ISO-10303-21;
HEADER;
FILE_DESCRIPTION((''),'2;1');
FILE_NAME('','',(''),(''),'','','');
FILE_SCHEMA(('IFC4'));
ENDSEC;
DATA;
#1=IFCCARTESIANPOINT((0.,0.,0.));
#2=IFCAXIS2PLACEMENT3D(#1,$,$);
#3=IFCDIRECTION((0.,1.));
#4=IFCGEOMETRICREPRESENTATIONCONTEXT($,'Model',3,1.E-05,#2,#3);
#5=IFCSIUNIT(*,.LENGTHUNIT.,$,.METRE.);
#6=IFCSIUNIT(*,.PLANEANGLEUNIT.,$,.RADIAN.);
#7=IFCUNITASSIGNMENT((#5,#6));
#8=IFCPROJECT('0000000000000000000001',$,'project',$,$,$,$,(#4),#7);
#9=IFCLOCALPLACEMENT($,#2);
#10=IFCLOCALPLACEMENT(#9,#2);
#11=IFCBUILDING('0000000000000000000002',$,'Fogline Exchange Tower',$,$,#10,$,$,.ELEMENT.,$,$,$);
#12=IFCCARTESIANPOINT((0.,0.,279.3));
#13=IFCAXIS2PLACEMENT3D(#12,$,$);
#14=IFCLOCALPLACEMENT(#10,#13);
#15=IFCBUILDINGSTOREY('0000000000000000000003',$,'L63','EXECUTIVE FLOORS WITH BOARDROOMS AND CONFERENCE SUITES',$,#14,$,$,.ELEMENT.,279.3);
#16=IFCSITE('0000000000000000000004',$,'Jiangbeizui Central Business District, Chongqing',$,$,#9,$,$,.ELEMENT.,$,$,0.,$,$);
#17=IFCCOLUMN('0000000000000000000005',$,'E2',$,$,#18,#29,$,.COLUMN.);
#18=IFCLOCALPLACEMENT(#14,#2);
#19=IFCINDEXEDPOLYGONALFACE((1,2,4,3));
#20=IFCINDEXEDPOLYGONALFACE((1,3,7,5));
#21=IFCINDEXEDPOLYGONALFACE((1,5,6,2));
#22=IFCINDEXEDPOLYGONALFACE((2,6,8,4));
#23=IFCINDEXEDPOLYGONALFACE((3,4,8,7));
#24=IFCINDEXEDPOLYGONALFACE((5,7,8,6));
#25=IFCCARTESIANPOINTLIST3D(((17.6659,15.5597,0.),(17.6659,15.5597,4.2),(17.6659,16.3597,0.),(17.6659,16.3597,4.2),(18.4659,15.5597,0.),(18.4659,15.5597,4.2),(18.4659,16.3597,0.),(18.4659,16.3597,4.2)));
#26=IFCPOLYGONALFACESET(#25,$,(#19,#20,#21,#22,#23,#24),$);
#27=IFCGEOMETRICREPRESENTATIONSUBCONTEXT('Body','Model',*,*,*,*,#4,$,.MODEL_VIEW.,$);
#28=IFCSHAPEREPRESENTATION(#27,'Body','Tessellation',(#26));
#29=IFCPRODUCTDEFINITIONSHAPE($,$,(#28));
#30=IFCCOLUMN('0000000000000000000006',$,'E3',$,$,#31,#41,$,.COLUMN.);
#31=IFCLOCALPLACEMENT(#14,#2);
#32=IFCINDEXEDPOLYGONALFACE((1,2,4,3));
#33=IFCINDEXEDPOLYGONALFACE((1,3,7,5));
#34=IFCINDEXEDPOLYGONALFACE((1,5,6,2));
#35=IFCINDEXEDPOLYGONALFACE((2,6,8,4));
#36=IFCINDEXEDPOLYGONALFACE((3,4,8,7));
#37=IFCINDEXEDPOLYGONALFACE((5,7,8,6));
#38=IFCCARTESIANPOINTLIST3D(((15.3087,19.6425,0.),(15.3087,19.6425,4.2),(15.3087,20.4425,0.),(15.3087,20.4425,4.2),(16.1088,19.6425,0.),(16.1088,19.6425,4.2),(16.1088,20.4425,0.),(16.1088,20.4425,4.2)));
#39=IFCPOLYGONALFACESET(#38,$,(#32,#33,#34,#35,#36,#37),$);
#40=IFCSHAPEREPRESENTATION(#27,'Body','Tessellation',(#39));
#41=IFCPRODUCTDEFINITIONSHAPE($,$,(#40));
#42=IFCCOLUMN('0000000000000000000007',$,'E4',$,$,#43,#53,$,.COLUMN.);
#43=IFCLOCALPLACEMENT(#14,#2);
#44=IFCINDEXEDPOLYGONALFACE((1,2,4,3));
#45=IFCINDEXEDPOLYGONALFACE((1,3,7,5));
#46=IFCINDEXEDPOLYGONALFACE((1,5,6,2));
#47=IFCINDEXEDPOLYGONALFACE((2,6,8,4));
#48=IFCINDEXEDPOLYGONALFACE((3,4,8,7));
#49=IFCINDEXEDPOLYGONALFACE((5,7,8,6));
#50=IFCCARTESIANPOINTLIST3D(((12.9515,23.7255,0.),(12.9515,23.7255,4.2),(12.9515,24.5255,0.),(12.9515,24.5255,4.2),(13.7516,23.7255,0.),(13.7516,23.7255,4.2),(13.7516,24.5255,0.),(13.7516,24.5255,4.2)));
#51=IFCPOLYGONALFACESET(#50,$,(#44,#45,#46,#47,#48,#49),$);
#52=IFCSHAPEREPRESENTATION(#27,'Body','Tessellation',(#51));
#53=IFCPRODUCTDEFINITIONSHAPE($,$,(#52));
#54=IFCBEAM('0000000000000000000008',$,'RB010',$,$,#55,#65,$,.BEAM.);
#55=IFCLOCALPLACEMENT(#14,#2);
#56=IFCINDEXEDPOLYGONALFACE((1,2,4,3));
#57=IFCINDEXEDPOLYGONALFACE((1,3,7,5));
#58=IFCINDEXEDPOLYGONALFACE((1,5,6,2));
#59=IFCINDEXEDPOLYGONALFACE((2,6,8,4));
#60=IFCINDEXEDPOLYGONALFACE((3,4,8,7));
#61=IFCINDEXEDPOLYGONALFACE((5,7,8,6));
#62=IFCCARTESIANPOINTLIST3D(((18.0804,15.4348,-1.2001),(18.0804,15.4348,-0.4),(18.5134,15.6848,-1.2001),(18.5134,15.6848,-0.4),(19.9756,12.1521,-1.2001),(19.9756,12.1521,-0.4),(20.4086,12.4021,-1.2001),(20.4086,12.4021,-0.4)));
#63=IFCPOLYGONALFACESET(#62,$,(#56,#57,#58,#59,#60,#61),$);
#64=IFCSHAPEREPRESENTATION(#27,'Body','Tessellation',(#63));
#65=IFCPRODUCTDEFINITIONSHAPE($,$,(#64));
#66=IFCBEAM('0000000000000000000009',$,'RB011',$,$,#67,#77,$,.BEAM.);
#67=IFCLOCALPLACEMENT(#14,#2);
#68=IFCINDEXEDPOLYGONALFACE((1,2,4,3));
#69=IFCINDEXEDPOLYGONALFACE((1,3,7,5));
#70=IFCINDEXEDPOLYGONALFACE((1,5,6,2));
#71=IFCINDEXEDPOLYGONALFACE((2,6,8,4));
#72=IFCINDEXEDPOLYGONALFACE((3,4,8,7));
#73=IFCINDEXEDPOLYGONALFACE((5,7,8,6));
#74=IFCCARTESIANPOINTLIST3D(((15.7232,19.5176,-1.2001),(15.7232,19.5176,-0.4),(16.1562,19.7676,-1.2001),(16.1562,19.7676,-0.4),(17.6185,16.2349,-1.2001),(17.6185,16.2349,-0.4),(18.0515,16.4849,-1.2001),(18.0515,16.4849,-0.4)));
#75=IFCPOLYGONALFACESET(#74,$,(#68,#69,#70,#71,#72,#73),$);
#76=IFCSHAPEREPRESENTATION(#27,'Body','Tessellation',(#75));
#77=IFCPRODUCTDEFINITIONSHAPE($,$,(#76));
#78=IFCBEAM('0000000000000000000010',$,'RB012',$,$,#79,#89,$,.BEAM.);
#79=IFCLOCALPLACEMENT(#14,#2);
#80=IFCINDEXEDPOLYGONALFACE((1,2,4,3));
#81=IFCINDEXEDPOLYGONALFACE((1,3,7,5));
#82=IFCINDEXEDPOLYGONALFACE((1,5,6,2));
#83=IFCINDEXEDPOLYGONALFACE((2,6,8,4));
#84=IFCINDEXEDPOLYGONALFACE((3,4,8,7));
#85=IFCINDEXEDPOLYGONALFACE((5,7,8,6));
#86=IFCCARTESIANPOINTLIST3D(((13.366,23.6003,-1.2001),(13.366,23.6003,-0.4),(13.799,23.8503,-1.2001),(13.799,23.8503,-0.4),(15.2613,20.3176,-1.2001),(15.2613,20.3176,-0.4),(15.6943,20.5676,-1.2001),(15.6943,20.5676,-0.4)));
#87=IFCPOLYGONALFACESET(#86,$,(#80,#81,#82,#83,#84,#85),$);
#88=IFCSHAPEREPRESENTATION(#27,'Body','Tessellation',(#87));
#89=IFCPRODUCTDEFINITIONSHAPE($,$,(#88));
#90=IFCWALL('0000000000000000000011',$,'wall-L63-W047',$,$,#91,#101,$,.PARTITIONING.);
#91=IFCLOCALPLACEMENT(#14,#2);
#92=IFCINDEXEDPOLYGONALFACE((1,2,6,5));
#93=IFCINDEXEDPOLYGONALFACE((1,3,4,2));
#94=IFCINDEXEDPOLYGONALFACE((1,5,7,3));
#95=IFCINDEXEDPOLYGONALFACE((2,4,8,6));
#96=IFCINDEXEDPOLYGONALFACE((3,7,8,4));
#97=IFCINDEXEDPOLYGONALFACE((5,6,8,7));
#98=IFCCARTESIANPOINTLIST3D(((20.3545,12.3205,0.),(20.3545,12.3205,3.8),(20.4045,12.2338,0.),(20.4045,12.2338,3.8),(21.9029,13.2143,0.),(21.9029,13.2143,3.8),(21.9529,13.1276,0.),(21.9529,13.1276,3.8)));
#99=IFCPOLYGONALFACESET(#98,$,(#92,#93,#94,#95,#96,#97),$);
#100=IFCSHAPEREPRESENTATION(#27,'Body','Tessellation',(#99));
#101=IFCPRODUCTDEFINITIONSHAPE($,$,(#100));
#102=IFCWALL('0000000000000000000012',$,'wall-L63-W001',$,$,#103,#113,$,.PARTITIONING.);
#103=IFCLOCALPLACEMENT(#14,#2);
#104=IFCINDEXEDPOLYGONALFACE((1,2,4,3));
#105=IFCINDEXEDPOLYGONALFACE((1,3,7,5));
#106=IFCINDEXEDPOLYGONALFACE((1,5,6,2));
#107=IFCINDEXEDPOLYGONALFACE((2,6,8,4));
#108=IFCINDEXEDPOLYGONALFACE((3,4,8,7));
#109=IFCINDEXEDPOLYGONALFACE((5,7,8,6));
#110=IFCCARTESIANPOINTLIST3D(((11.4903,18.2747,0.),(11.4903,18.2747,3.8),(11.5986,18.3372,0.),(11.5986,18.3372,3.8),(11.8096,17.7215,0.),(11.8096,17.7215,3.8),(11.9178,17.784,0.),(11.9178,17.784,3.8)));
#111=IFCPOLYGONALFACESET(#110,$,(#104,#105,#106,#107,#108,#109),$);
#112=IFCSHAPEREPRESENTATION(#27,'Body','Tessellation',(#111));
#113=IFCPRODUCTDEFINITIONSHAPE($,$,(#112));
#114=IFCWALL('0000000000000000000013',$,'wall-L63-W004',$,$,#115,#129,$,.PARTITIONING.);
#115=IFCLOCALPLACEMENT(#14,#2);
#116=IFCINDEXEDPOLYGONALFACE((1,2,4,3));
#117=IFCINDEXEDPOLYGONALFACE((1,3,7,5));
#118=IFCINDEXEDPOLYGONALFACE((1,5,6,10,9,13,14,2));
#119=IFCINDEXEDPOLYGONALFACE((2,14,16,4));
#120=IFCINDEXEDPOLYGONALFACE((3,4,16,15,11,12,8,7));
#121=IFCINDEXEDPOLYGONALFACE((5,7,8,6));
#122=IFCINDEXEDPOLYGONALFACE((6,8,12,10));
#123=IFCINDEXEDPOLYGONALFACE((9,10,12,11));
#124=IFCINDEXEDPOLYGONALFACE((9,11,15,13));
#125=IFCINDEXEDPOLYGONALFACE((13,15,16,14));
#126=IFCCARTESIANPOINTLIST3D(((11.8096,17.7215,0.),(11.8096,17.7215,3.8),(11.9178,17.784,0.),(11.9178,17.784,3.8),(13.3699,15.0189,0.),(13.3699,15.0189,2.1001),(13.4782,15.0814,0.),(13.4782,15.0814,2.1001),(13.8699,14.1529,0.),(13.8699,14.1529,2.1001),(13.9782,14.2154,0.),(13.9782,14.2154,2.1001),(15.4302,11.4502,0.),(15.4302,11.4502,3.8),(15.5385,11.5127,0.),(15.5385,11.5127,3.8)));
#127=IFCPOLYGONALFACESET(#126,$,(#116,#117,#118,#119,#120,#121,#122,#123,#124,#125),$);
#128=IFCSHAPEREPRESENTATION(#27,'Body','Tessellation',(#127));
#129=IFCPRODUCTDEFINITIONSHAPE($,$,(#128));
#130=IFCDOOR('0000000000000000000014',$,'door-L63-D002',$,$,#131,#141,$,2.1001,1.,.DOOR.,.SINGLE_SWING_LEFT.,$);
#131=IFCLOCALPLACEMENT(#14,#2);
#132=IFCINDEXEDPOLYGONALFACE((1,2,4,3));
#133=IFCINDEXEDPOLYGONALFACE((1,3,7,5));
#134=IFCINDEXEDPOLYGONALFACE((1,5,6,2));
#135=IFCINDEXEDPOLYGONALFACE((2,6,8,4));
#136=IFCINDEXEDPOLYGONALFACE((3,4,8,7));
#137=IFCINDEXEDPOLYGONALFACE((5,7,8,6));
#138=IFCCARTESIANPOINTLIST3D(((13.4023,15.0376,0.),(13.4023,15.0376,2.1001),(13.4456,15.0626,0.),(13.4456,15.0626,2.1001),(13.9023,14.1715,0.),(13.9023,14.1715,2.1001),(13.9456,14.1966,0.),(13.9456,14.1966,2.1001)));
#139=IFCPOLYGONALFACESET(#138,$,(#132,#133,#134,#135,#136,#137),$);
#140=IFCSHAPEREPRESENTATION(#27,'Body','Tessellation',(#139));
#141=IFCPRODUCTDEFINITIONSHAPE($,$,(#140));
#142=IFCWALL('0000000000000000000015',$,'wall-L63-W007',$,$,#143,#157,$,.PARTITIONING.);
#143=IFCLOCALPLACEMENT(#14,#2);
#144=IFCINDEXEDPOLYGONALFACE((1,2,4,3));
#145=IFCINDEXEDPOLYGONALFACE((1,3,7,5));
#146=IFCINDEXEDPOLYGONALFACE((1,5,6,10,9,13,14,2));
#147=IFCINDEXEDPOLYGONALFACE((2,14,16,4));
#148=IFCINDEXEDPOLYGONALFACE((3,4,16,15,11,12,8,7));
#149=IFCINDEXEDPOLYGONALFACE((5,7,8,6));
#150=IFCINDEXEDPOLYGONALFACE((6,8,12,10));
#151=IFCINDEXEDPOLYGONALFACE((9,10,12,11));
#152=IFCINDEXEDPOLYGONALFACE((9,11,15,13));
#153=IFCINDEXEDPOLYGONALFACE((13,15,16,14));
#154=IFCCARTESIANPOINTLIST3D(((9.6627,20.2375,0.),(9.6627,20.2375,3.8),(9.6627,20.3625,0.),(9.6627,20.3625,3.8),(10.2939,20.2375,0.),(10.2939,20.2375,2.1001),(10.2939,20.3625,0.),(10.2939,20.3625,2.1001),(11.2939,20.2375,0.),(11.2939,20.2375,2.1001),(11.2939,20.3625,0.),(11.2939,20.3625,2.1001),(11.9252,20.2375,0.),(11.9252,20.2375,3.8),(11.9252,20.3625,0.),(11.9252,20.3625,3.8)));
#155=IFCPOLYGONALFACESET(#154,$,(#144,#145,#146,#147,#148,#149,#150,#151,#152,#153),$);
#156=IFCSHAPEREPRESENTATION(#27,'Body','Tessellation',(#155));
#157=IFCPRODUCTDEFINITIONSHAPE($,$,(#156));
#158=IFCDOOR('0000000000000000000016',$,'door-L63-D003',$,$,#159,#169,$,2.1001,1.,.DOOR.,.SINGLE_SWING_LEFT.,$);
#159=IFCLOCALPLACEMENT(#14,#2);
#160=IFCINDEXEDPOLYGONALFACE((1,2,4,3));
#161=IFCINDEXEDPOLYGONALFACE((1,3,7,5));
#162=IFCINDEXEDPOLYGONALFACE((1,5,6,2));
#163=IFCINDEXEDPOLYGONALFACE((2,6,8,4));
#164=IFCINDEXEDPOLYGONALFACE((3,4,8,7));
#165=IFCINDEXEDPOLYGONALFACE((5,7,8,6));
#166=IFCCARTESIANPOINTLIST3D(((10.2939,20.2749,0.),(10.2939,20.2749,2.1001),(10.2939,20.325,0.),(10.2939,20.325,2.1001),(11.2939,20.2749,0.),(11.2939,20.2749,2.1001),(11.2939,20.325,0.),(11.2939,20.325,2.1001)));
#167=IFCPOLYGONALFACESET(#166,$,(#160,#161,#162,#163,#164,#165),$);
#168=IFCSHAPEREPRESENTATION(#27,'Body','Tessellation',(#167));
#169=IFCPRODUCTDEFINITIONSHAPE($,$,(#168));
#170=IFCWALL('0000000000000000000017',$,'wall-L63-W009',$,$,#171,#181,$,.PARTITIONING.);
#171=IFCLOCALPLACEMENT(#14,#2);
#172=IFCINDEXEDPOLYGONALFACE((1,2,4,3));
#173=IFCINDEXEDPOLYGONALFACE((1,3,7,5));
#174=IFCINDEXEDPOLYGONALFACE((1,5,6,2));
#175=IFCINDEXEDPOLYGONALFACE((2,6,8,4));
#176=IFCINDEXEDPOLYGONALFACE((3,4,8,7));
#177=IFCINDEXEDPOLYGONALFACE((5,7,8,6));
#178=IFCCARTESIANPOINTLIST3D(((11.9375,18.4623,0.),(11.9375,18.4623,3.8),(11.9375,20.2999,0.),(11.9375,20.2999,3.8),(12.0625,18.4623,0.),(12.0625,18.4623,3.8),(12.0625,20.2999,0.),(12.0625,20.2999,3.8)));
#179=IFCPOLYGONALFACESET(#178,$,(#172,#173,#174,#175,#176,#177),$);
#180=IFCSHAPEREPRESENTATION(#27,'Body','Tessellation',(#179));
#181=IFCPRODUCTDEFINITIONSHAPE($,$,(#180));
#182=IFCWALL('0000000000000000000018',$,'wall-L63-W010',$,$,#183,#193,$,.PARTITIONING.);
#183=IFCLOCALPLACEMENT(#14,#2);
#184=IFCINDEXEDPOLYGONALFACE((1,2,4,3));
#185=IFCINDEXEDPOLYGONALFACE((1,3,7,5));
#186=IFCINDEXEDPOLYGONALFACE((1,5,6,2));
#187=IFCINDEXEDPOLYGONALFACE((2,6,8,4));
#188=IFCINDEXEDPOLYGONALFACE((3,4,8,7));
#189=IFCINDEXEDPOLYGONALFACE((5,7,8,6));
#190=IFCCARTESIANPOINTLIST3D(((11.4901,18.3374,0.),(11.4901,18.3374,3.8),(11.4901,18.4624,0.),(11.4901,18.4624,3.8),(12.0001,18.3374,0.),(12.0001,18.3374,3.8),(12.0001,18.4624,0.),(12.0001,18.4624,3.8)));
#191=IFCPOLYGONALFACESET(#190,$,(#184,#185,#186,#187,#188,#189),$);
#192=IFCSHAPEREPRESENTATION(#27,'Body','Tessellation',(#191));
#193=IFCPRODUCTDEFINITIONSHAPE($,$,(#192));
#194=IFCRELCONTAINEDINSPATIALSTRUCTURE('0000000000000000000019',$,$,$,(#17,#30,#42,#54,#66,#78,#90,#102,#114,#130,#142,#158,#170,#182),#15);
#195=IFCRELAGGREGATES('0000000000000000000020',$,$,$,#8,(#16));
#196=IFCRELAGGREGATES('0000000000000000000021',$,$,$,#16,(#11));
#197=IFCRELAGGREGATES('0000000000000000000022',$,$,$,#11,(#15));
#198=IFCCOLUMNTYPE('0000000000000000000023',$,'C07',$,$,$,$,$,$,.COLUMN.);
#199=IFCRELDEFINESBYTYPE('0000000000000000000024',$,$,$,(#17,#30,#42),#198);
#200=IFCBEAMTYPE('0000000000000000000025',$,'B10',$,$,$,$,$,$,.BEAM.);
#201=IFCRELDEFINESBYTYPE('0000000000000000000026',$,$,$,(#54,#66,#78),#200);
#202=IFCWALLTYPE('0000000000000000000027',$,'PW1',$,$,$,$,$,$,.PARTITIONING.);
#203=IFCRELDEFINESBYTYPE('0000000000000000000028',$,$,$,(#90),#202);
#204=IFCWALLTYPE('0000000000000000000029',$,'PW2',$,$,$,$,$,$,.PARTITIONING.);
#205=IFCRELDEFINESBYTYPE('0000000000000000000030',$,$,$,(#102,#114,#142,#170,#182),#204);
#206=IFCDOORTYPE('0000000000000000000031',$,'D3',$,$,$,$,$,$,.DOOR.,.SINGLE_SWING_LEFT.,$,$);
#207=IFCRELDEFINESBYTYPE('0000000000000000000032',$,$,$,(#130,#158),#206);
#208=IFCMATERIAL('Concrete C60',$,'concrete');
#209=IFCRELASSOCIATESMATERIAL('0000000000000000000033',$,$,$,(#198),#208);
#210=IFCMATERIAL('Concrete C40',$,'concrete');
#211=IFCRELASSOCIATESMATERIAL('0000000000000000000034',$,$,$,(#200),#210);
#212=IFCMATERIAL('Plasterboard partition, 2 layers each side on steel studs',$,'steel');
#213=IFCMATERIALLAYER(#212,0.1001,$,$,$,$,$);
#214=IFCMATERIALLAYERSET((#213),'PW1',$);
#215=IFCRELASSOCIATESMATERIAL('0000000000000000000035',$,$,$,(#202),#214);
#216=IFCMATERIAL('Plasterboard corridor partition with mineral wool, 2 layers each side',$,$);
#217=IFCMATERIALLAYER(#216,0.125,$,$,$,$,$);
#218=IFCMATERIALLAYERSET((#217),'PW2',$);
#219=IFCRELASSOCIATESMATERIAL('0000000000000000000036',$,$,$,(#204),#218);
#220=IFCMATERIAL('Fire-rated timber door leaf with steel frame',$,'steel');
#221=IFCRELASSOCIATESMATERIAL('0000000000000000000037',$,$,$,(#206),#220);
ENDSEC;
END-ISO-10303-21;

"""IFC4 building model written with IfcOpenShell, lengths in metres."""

from ifc_helpers import new_model, si_unit, direction, frame, frame_2d, origin, origin_2d, place, context, subcontext, project, spatial, rectangle, extrude, material, layer, layer_set, material_profile, profile_set, type_object, element, fill, save


model = new_model("IFC4")

# Units and contexts
model_context = context("Model", 3, precision=1e-05, world=origin(), true_north=direction((0.0, 1.0)))
body_context = subcontext(model_context, "Body", "Model", "MODEL_VIEW")
ifc_project = project(units=[si_unit("LENGTHUNIT", "METRE"), si_unit("PLANEANGLEUNIT", "RADIAN")], contexts=[model_context])

# Site, building, storey
site_placement = place(None, origin())
site = spatial("IfcSite", under=ifc_project, at=site_placement, Name="Jiangbeizui Central Business District, Chongqing", CompositionType="ELEMENT", RefElevation=0.0)
building_placement = place(site_placement, origin())
building = spatial("IfcBuilding", under=site, at=building_placement, Name="Fogline Exchange Tower", CompositionType="ELEMENT")
storey_placement = place(building_placement, frame((0.0, 0.0, 279.3)))
storey = spatial("IfcBuildingStorey", under=building, at=storey_placement, Name="L63", Description="EXECUTIVE FLOORS WITH BOARDROOMS AND CONFERENCE SUITES", CompositionType="ELEMENT", Elevation=279.3)

# Columns
ifc_material_1 = material(Name="Concrete C60", Category="concrete")
ifc_material_profile_1 = material_profile(ifc_material_1, rectangle(XDim=0.8, YDim=0.8, at=origin_2d()), Name="RC 800x800")
ifc_profile_set_1 = profile_set([ifc_material_profile_1], Name="Concrete C60")
column_type = type_object("IfcColumnType", Name="C07", PredefinedType="COLUMN", material=ifc_profile_set_1)
for number, where, z_axis, x_axis, name in (
    (1, (18.0659, 15.9597, 0.0), (0.0, 0.0, 1.0), (1.0, 0.0, 0.0), "E2"),
    (2, (15.7087, 20.0425, 0.0), (0.0, 0.0, 1.0), (1.0, 0.0, 0.0), "E3"),
    (3, (13.3516, 24.1255, 0.0), (0.0, 0.0, 1.0), (1.0, 0.0, 0.0), "E4"),
):
    element("IfcColumn", number, at=place(storey_placement, frame(where, z_axis=z_axis, x_axis=x_axis)), inside=storey, type_object=column_type, Name=name, PredefinedType="COLUMN", context=body_context, shape_type="SweptSolid", body=[
        extrude(rectangle(XDim=0.8, YDim=0.8, at=origin_2d()), origin(), (0.0, 0.0, 1.0), 4.2),
    ])

# Beams
ifc_material_2 = material(Name="Concrete C40", Category="concrete")
ifc_material_profile_2 = material_profile(ifc_material_2, rectangle(XDim=0.5, YDim=0.8, at=origin_2d()), Name="RC 500x800")
ifc_profile_set_2 = profile_set([ifc_material_profile_2], Name="Concrete C40")
beam_type = type_object("IfcBeamType", Name="B10", PredefinedType="BEAM", material=ifc_profile_set_2)
for number, where, z_axis, x_axis, name in (
    (4, (20.1921, 12.2771, -0.8), (-0.499998, 0.866027, 0.0), (-0.866027, -0.499998, 0.0), "RB010"),
    (5, (17.835, 16.3599, -0.8), (-0.499998, 0.866027, 0.0), (-0.866027, -0.499998, 0.0), "RB011"),
    (6, (15.4778, 20.4426, -0.8), (-0.499998, 0.866027, 0.0), (-0.866027, -0.499998, 0.0), "RB012"),
):
    element("IfcBeam", number, at=place(storey_placement, frame(where, z_axis=z_axis, x_axis=x_axis)), inside=storey, type_object=beam_type, Name=name, PredefinedType="BEAM", context=body_context, shape_type="SweptSolid", body=[
        extrude(rectangle(XDim=0.5, YDim=0.8, at=origin_2d()), origin(), (0.0, 0.0, 1.0), 3.7905),
    ])

# Walls
ifc_material_3 = material(Name="Plasterboard partition, 2 layers each side on steel studs", Category="steel")
ifc_layer_1 = layer(ifc_material_3, 0.1001)
ifc_layer_set_1 = layer_set([ifc_layer_1], Name="PW1")
wall_type_1 = type_object("IfcWallType", Name="PW1", PredefinedType="PARTITIONING", material=ifc_layer_set_1)
wall_1_placement = place(storey_placement, frame((20.3794, 12.2771, 0.0), z_axis=(0.0, 0.0, 1.0), x_axis=(0.866058, 0.499943, 0.0)))
element("IfcWall", 7, at=wall_1_placement, inside=storey, type_object=wall_type_1, Name="wall-L63-W047", PredefinedType="PARTITIONING", context=body_context, shape_type="SweptSolid", body=[
    extrude(rectangle(XDim=1.7878, YDim=0.1001, at=frame_2d((0.894, 0.0))), origin(), (0.0, 0.0, 1.0), 3.8),
])
ifc_material_4 = material(Name="Plasterboard corridor partition with mineral wool, 2 layers each side")
ifc_layer_2 = layer(ifc_material_4, 0.125)
ifc_layer_set_2 = layer_set([ifc_layer_2], Name="PW2")
wall_type_2 = type_object("IfcWallType", Name="PW2", PredefinedType="PARTITIONING", material=ifc_layer_set_2)
wall_2_placement = place(storey_placement, frame((11.5444, 18.3059, 0.0), z_axis=(0.0, 0.0, 1.0), x_axis=(0.499921, -0.866071, 0.0)))
element("IfcWall", 8, at=wall_2_placement, inside=storey, type_object=wall_type_2, Name="wall-L63-W001", PredefinedType="PARTITIONING", context=body_context, shape_type="SweptSolid", body=[
    extrude(rectangle(XDim=0.6387, YDim=0.125, at=frame_2d((0.3193, 0.0))), origin(), (0.0, 0.0, 1.0), 3.8),
])

# Walls, openings, doors
wall_3_placement = place(storey_placement, frame((11.8638, 17.7527, 0.0), z_axis=(0.0, 0.0, 1.0), x_axis=(0.49999, -0.866031, 0.0)))
wall_3 = element("IfcWall", 9, at=wall_3_placement, inside=storey, type_object=wall_type_2, Name="wall-L63-W004", PredefinedType="PARTITIONING", context=body_context, shape_type="SweptSolid", body=[
    extrude(rectangle(XDim=7.2415, YDim=0.125, at=frame_2d((3.6206, 0.0))), origin(), (0.0, 0.0, 1.0), 3.8),
])
opening_1_placement = place(wall_3_placement, frame((3.1206, 0.0, 0.0)))
opening_1 = element("IfcOpeningElement", 10, at=opening_1_placement, cuts=wall_3, PredefinedType="OPENING", context=body_context, shape_type="SweptSolid", body=[
    extrude(rectangle(XDim=1.0, YDim=2.1001, at=frame_2d((0.5, 1.05))), frame((0.0, 0.0725, 0.0), z_axis=(0.0, -1.0, 0.0), x_axis=(1.0, 0.0, 0.0)), (0.0, 0.0, 1.0), 0.145),
])
ifc_material_5 = material(Name="Fire-rated timber door leaf with steel frame", Category="steel")
door_type = type_object("IfcDoorType", Name="D3", OperationType="SINGLE_SWING_LEFT", PredefinedType="DOOR", material=ifc_material_5)
door_1_placement = place(opening_1_placement, origin())
door_1 = element("IfcDoor", 11, at=door_1_placement, inside=storey, type_object=door_type, Name="door-L63-D002", OperationType="SINGLE_SWING_LEFT", OverallHeight=2.1001, OverallWidth=1.0, PredefinedType="DOOR", context=body_context, shape_type="SweptSolid", body=[
    extrude(rectangle(XDim=1.0, YDim=2.1001, at=frame_2d((0.5, 1.05))), frame((0.0, 0.0249, 0.0), z_axis=(0.0, -1.0, 0.0), x_axis=(1.0, 0.0, 0.0)), (0.0, 0.0, 1.0), 0.05),
])
fill(opening_1, door_1)
wall_4_placement = place(storey_placement, frame((9.6626, 20.3, 0.0), z_axis=(0.0, 0.0, 1.0), x_axis=(1.0, 0.0, 0.0)))
wall_4 = element("IfcWall", 12, at=wall_4_placement, inside=storey, type_object=wall_type_2, Name="wall-L63-W007", PredefinedType="PARTITIONING", context=body_context, shape_type="SweptSolid", body=[
    extrude(rectangle(XDim=2.2625, YDim=0.125, at=frame_2d((1.1313, 0.0))), origin(), (0.0, 0.0, 1.0), 3.8),
])
opening_2_placement = place(wall_4_placement, frame((0.6313, 0.0, 0.0)))
opening_2 = element("IfcOpeningElement", 13, at=opening_2_placement, cuts=wall_4, PredefinedType="OPENING", context=body_context, shape_type="SweptSolid", body=[
    extrude(rectangle(XDim=1.0, YDim=2.1001, at=frame_2d((0.5, 1.05))), frame((0.0, 0.0725, 0.0), z_axis=(0.0, -1.0, 0.0), x_axis=(1.0, 0.0, 0.0)), (0.0, 0.0, 1.0), 0.145),
])
door_2_placement = place(opening_2_placement, origin())
door_2 = element("IfcDoor", 14, at=door_2_placement, inside=storey, type_object=door_type, Name="door-L63-D003", OperationType="SINGLE_SWING_LEFT", OverallHeight=2.1001, OverallWidth=1.0, PredefinedType="DOOR", context=body_context, shape_type="SweptSolid", body=[
    extrude(rectangle(XDim=1.0, YDim=2.1001, at=frame_2d((0.5, 1.05))), frame((0.0, 0.0249, 0.0), z_axis=(0.0, -1.0, 0.0), x_axis=(1.0, 0.0, 0.0)), (0.0, 0.0, 1.0), 0.05),
])
fill(opening_2, door_2)

# Walls
wall_5_placement = place(storey_placement, frame((12.0, 20.3, 0.0), z_axis=(0.0, 0.0, 1.0), x_axis=(0.0, -1.0, 0.0)))
element("IfcWall", 15, at=wall_5_placement, inside=storey, type_object=wall_type_2, Name="wall-L63-W009", PredefinedType="PARTITIONING", context=body_context, shape_type="SweptSolid", body=[
    extrude(rectangle(XDim=1.8376, YDim=0.125, at=frame_2d((0.9189, 0.0))), origin(), (0.0, 0.0, 1.0), 3.8),
])
wall_6_placement = place(storey_placement, frame((12.0, 18.3999, 0.0), z_axis=(0.0, 0.0, 1.0), x_axis=(-1.0, 0.0, 0.0)))
element("IfcWall", 16, at=wall_6_placement, inside=storey, type_object=wall_type_2, Name="wall-L63-W010", PredefinedType="PARTITIONING", context=body_context, shape_type="SweptSolid", body=[
    extrude(rectangle(XDim=0.51, YDim=0.125, at=frame_2d((0.2549, 0.0))), origin(), (0.0, 0.0, 1.0), 3.8),
])

save(model, "model.ifc")
